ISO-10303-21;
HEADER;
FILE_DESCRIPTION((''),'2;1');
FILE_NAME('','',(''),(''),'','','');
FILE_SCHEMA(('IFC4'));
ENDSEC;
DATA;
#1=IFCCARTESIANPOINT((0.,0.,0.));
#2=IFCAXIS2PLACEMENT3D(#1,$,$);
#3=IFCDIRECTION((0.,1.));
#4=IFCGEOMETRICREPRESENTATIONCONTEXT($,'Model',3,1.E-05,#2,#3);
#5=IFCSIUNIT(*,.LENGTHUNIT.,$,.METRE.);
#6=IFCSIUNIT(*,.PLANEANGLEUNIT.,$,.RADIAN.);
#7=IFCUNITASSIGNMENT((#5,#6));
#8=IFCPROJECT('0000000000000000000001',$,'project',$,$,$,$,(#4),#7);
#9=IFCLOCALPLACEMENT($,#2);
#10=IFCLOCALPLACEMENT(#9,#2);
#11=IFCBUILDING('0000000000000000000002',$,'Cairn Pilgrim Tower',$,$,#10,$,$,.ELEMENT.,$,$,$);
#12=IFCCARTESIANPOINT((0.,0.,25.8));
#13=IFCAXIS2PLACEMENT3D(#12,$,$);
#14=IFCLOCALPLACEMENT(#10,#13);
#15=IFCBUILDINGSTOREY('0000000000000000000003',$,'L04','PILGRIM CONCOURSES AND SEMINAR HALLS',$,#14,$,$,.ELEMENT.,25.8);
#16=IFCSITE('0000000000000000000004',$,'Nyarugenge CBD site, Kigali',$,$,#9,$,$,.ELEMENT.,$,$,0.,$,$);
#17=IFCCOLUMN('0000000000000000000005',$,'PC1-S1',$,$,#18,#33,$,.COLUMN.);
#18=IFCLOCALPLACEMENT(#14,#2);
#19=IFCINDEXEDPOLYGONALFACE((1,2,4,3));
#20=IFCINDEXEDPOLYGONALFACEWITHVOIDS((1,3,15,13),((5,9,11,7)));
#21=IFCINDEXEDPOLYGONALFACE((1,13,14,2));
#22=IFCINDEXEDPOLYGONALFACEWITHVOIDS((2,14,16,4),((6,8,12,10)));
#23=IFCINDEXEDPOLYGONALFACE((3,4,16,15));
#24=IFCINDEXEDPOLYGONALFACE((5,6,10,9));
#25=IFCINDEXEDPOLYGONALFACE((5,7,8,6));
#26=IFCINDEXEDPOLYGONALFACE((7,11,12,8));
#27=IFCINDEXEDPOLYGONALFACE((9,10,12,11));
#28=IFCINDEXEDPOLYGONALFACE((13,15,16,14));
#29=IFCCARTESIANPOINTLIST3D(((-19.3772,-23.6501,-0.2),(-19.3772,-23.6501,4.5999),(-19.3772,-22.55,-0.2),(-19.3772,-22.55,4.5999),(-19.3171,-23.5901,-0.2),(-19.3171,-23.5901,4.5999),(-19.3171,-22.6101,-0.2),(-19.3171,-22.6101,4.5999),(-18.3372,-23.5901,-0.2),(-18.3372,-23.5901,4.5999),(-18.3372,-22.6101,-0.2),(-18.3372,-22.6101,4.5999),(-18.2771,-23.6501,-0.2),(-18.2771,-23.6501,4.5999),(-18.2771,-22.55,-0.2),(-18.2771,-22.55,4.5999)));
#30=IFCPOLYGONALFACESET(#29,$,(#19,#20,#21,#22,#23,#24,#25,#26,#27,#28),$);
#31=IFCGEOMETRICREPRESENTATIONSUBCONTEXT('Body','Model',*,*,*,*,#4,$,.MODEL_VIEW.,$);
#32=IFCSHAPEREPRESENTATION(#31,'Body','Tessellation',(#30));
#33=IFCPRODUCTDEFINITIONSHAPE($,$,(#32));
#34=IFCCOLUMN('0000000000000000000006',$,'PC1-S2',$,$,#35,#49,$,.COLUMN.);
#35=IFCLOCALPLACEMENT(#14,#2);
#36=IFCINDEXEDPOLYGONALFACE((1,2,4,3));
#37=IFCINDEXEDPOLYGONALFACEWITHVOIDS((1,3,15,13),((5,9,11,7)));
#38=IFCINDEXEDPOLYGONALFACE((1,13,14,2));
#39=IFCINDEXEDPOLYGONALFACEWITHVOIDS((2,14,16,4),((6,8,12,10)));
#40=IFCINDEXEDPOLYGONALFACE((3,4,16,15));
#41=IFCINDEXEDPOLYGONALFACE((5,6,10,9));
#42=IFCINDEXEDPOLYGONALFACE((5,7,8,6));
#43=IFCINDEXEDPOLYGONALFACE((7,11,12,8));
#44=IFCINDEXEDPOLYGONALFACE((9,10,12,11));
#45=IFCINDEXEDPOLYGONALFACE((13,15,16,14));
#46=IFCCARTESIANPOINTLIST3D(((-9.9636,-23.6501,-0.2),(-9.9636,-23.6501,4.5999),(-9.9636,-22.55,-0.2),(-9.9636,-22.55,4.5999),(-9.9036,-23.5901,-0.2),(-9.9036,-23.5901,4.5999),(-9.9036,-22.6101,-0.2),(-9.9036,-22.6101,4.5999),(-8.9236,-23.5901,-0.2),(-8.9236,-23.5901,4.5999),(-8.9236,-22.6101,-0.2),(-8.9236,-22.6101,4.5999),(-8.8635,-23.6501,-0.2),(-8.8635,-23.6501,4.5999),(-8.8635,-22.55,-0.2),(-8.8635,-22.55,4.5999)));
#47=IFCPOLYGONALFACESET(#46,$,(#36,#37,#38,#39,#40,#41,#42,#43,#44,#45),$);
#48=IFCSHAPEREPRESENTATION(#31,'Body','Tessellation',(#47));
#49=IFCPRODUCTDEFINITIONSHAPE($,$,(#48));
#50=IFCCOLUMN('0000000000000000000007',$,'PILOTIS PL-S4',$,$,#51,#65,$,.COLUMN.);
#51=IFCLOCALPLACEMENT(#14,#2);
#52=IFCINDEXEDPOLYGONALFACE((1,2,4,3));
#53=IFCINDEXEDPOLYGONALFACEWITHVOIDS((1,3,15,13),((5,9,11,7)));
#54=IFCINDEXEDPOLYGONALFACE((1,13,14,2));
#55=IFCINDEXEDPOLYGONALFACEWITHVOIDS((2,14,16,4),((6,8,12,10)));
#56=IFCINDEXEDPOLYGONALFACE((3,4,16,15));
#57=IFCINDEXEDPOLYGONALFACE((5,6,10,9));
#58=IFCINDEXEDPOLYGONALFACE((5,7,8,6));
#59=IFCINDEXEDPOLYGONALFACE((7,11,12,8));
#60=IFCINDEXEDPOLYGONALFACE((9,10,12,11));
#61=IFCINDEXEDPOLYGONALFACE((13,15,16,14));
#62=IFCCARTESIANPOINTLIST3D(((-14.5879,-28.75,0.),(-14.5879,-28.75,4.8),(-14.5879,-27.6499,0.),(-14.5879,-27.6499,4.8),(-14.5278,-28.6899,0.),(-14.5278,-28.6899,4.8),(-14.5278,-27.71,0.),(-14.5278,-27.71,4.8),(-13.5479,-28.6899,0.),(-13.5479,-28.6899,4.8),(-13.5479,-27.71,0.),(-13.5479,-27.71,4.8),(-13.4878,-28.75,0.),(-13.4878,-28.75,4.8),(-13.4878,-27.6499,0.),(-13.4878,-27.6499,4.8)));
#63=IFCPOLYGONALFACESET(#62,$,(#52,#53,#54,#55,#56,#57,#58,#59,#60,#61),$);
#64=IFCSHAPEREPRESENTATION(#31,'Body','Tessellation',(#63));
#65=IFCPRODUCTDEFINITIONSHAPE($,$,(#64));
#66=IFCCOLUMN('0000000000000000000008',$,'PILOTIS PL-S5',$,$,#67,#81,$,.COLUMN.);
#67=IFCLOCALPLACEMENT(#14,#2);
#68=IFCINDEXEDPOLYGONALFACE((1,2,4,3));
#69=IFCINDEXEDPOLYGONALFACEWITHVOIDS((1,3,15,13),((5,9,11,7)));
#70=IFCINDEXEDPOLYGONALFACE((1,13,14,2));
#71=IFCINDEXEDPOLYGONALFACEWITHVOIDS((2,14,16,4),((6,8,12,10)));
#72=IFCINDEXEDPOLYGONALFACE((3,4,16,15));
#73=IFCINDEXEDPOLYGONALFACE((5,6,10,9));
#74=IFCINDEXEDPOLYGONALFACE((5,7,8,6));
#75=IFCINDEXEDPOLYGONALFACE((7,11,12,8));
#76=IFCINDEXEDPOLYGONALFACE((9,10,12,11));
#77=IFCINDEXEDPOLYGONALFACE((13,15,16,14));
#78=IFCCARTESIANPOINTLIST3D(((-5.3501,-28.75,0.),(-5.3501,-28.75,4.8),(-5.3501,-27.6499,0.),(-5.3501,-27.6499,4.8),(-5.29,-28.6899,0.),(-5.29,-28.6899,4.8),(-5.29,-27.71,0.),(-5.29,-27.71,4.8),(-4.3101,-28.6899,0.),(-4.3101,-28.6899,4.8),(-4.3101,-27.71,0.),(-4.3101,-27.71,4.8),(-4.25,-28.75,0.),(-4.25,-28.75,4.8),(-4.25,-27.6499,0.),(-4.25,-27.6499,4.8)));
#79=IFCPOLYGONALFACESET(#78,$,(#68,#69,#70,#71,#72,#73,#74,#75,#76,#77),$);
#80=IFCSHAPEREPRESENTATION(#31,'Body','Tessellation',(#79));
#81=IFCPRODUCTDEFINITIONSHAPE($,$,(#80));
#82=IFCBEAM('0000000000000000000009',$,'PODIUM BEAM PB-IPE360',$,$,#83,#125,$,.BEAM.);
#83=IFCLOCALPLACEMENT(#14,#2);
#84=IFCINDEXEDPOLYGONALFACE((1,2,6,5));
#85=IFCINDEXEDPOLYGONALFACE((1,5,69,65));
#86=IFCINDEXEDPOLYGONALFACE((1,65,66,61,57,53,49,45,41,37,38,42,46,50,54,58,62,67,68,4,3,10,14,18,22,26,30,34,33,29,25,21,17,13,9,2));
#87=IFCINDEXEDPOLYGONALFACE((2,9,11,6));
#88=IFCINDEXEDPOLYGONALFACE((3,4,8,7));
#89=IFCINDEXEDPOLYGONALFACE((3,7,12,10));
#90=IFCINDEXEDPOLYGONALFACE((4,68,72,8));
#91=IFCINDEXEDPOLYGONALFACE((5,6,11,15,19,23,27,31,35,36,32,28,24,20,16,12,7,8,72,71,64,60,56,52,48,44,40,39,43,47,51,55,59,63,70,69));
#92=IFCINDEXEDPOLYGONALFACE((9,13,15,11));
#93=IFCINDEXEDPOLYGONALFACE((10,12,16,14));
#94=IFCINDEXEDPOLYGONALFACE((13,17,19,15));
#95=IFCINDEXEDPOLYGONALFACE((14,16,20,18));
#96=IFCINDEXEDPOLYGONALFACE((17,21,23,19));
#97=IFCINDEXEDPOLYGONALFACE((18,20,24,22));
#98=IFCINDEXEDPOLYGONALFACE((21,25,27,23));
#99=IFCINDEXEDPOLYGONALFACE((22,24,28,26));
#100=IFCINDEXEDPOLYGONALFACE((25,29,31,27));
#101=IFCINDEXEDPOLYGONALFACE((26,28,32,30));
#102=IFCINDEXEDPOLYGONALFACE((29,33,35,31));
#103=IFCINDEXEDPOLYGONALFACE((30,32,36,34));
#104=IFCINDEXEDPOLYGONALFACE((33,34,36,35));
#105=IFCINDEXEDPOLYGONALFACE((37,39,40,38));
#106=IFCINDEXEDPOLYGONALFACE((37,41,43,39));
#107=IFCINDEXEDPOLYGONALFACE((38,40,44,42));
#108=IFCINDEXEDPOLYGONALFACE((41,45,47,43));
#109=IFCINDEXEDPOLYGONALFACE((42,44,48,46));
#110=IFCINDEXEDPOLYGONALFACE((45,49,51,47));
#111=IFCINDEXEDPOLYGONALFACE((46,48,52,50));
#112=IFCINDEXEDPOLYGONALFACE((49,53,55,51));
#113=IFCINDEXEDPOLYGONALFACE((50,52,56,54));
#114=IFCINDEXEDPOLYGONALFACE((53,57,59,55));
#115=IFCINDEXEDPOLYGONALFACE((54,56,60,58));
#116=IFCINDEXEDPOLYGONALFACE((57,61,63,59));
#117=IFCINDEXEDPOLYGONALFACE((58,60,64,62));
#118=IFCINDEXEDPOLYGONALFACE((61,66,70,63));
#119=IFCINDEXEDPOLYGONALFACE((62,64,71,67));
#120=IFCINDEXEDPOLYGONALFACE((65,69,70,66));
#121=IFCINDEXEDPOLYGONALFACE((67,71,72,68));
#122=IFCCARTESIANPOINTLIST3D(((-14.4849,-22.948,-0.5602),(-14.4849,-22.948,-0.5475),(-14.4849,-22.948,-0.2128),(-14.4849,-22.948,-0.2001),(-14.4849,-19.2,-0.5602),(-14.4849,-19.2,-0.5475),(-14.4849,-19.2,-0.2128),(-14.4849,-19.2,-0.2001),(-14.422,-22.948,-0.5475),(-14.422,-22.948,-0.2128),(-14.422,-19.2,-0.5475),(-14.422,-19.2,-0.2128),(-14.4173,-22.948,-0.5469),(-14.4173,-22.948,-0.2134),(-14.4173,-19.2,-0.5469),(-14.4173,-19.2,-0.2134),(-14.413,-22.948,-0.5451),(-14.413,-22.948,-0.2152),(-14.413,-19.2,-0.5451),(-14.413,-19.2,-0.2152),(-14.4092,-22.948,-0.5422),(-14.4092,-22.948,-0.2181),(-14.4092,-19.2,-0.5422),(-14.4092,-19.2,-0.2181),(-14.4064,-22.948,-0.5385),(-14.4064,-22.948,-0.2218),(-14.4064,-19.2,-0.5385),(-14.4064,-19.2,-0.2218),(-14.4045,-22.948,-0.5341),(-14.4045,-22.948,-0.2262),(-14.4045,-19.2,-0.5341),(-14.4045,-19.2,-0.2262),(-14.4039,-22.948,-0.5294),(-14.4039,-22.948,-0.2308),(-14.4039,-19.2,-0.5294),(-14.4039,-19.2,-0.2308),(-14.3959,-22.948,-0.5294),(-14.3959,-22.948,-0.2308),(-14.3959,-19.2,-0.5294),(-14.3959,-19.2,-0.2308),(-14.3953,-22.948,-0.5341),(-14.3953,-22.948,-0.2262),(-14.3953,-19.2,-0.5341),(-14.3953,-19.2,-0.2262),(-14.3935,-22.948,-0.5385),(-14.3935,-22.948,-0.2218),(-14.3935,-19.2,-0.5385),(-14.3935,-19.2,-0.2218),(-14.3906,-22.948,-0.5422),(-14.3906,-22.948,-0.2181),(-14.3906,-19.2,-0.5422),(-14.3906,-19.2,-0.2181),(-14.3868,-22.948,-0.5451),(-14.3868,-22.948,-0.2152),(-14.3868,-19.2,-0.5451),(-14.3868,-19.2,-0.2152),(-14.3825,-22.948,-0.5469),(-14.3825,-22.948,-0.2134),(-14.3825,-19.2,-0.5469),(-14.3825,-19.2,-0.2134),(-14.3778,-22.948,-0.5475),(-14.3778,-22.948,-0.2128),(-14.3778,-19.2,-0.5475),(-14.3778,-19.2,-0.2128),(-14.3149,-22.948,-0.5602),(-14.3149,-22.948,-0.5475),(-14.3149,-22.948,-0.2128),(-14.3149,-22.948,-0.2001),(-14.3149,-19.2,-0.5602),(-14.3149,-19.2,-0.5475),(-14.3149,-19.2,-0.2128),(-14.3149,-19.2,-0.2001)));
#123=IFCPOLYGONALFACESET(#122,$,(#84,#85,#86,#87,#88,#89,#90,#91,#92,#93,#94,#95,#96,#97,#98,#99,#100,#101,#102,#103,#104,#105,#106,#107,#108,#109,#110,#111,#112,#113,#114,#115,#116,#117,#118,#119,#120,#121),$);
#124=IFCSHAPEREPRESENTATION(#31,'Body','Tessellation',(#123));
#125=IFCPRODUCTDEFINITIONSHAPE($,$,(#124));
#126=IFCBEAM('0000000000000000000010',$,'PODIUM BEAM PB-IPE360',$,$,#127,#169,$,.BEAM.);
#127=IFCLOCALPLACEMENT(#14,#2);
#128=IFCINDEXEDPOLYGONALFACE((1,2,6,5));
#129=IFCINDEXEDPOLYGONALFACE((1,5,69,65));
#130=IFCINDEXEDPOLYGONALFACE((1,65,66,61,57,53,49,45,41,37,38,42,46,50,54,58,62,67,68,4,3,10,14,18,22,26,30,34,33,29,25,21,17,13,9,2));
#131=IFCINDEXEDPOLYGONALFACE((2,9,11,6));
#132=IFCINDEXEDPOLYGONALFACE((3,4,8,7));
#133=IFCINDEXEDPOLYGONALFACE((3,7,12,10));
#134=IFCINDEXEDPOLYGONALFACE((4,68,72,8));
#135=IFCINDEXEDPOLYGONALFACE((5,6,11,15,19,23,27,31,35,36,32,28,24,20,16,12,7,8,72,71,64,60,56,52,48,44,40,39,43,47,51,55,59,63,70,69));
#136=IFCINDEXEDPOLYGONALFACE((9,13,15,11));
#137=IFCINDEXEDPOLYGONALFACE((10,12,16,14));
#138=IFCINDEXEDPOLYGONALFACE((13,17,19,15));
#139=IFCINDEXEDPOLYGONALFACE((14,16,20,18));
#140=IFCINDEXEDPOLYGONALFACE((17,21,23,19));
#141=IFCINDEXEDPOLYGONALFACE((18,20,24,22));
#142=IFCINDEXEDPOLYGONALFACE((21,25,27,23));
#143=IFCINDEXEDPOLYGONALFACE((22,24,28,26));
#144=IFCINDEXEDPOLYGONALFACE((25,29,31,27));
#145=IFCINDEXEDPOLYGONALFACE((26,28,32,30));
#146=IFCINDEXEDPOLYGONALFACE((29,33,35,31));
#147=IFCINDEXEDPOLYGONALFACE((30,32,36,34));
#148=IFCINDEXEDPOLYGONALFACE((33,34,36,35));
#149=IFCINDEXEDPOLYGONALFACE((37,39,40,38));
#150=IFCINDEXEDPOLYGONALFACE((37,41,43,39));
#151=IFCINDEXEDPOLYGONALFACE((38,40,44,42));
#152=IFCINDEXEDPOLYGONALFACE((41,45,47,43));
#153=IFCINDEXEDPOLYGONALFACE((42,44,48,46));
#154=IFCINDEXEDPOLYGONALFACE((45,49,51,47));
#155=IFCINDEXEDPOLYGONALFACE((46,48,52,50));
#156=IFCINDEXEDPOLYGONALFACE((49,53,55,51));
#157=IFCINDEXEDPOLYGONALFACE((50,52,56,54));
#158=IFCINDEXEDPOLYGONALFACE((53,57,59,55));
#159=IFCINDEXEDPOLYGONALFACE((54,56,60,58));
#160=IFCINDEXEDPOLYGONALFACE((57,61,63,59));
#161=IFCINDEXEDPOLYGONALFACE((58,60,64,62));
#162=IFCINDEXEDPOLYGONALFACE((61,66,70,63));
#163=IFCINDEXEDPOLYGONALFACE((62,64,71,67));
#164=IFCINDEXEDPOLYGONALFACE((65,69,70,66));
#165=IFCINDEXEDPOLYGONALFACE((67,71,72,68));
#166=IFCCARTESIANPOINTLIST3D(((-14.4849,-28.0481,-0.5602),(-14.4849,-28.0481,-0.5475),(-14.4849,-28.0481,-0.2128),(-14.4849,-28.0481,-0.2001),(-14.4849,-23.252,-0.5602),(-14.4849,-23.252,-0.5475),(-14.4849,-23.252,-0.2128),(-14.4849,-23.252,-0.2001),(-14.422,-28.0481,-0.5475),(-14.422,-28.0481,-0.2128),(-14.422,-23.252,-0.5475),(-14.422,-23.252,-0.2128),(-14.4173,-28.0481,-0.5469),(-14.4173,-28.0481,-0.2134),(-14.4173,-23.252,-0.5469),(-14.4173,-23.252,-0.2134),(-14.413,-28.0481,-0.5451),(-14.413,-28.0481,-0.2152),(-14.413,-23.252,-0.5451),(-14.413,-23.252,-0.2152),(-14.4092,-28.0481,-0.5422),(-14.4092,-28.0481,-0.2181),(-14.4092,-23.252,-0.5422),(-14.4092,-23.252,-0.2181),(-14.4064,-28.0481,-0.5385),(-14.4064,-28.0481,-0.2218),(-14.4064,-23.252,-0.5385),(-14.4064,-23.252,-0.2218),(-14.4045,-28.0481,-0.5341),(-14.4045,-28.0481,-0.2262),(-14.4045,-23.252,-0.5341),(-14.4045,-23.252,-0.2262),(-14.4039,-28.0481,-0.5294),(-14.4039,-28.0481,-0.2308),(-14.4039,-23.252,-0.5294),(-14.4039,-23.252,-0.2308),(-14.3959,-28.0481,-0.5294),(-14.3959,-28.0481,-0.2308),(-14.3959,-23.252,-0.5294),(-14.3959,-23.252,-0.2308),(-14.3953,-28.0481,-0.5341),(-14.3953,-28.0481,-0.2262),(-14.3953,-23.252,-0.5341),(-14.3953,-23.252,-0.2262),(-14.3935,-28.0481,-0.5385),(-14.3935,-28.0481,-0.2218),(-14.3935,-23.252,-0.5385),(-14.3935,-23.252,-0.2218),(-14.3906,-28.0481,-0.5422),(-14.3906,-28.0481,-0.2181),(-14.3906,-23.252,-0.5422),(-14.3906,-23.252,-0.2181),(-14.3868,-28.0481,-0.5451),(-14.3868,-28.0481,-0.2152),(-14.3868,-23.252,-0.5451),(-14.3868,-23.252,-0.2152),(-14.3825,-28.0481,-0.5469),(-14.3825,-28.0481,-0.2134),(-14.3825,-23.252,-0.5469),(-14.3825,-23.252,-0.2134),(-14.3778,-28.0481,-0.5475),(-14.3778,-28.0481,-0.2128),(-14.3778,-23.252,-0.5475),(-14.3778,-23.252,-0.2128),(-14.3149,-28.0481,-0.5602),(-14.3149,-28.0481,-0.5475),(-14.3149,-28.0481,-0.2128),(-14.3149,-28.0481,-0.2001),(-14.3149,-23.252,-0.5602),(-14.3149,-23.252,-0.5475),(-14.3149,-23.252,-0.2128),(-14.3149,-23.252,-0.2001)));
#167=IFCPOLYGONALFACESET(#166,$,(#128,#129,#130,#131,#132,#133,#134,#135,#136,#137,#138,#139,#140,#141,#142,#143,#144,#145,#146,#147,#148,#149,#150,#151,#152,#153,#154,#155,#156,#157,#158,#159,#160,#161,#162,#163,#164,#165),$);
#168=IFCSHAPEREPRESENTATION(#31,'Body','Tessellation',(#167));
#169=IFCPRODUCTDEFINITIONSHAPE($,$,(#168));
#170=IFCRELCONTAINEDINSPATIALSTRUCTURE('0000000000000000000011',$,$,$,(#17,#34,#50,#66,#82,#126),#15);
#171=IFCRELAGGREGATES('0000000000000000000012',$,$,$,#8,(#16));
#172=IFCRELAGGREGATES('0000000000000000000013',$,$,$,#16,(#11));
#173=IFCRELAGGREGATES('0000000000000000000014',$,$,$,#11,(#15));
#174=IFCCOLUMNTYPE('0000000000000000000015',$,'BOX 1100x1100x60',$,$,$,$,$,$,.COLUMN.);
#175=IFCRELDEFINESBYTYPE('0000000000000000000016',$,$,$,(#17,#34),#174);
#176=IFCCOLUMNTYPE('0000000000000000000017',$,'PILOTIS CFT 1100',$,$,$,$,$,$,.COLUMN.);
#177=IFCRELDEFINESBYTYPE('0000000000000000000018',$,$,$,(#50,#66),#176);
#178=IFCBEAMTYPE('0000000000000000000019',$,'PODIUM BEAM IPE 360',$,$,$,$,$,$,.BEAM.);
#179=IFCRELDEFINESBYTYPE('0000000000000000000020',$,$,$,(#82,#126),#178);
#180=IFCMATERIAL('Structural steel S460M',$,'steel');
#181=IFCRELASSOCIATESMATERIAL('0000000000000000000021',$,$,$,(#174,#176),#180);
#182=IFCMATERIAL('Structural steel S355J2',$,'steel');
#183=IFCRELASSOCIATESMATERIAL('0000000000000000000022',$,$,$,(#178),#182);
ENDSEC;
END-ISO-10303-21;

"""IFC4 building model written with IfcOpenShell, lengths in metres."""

from ifc_helpers import new_model, si_unit, direction, frame, origin, origin_2d, place, context, subcontext, project, spatial, hollow_rectangle, i_section, extrude, material, material_profile, profile_set, type_object, element, save


model = new_model("IFC4")

# Units and contexts
model_context = context("Model", 3, precision=1e-05, world=origin(), true_north=direction((0.0, 1.0)))
body_context = subcontext(model_context, "Body", "Model", "MODEL_VIEW")
ifc_project = project(units=[si_unit("LENGTHUNIT", "METRE"), si_unit("PLANEANGLEUNIT", "RADIAN")], contexts=[model_context])

# Site, building, storey
site_placement = place(None, origin())
site = spatial("IfcSite", under=ifc_project, at=site_placement, Name="Nyarugenge CBD site, Kigali", CompositionType="ELEMENT", RefElevation=0.0)
building_placement = place(site_placement, origin())
building = spatial("IfcBuilding", under=site, at=building_placement, Name="Cairn Pilgrim Tower", CompositionType="ELEMENT")
storey_placement = place(building_placement, frame((0.0, 0.0, 25.8)))
storey = spatial("IfcBuildingStorey", under=building, at=storey_placement, Name="L04", Description="PILGRIM CONCOURSES AND SEMINAR HALLS", CompositionType="ELEMENT", Elevation=25.8)

# Columns
ifc_material_1 = material(Name="Structural steel S460M", Category="steel")
ifc_material_profile_1 = material_profile(ifc_material_1, hollow_rectangle(XDim=1.1001, YDim=1.1001, WallThickness=0.0601, at=origin_2d()), Name="BOX 1100x1100x60")
ifc_profile_set_1 = profile_set([ifc_material_profile_1], Name="Structural steel S460M")
column_type_1 = type_object("IfcColumnType", Name="BOX 1100x1100x60", PredefinedType="COLUMN", material=ifc_profile_set_1)
for number, where, z_axis, x_axis, name in (
    (1, (-18.8271, -23.1001, -0.2), (0.0, 0.0, 1.0), (1.0, 0.0, 0.0), "PC1-S1"),
    (2, (-9.4136, -23.1001, -0.2), (0.0, 0.0, 1.0), (1.0, 0.0, 0.0), "PC1-S2"),
):
    element("IfcColumn", number, at=place(storey_placement, frame(where, z_axis=z_axis, x_axis=x_axis)), inside=storey, type_object=column_type_1, Name=name, PredefinedType="COLUMN", context=body_context, shape_type="SweptSolid", body=[
        extrude(hollow_rectangle(XDim=1.1001, YDim=1.1001, WallThickness=0.0601, at=origin_2d()), origin(), (0.0, 0.0, 1.0), 4.7998),
    ])
ifc_material_profile_2 = material_profile(ifc_material_1, hollow_rectangle(XDim=1.1001, YDim=1.1001, WallThickness=0.0601, at=origin_2d()), Name="BOX 1100x1100x60")
ifc_profile_set_2 = profile_set([ifc_material_profile_2], Name="Structural steel S460M")
column_type_2 = type_object("IfcColumnType", Name="PILOTIS CFT 1100", PredefinedType="COLUMN", material=ifc_profile_set_2)
for number, where, z_axis, x_axis, name in (
    (3, (-14.0378, -28.2, 0.0), (0.0, 0.0, 1.0), (1.0, 0.0, 0.0), "PILOTIS PL-S4"),
    (4, (-4.8, -28.2, 0.0), (0.0, 0.0, 1.0), (1.0, 0.0, 0.0), "PILOTIS PL-S5"),
):
    element("IfcColumn", number, at=place(storey_placement, frame(where, z_axis=z_axis, x_axis=x_axis)), inside=storey, type_object=column_type_2, Name=name, PredefinedType="COLUMN", context=body_context, shape_type="SweptSolid", body=[
        extrude(hollow_rectangle(XDim=1.1001, YDim=1.1001, WallThickness=0.0601, at=origin_2d()), origin(), (0.0, 0.0, 1.0), 4.8),
    ])

# Beams
ifc_material_2 = material(Name="Structural steel S355J2", Category="steel")
ifc_material_profile_3 = material_profile(ifc_material_2, i_section(OverallWidth=0.1699, OverallDepth=0.3601, WebThickness=0.0081, FlangeThickness=0.0127, FilletRadius=0.0181, at=origin_2d()), Name="IPE 360")
ifc_profile_set_3 = profile_set([ifc_material_profile_3], Name="Structural steel S355J2")
beam_type_1 = type_object("IfcBeamType", Name="PODIUM BEAM IPE 360", PredefinedType="BEAM", material=ifc_profile_set_3)
beam_1_placement = place(storey_placement, frame((-14.3999, -22.948, -0.3801), z_axis=(0.0, 1.0, 0.0), x_axis=(-1.0, 0.0, 0.0)))
element("IfcBeam", 5, at=beam_1_placement, inside=storey, type_object=beam_type_1, Name="PODIUM BEAM PB-IPE360", PredefinedType="BEAM", context=body_context, shape_type="SweptSolid", body=[
    extrude(i_section(OverallWidth=0.1699, OverallDepth=0.3601, WebThickness=0.0081, FlangeThickness=0.0127, FilletRadius=0.0181, at=origin_2d()), origin(), (0.0, 0.0, 1.0), 3.748),
])
beam_2_placement = place(storey_placement, frame((-14.3999, -28.0481, -0.3801), z_axis=(0.0, 1.0, 0.0), x_axis=(-1.0, 0.0, 0.0)))
element("IfcBeam", 6, at=beam_2_placement, inside=storey, type_object=beam_type_1, Name="PODIUM BEAM PB-IPE360", PredefinedType="BEAM", context=body_context, shape_type="SweptSolid", body=[
    extrude(i_section(OverallWidth=0.1699, OverallDepth=0.3601, WebThickness=0.0081, FlangeThickness=0.0127, FilletRadius=0.0181, at=origin_2d()), origin(), (0.0, 0.0, 1.0), 4.7961),
])

save(model, "model.ifc")
